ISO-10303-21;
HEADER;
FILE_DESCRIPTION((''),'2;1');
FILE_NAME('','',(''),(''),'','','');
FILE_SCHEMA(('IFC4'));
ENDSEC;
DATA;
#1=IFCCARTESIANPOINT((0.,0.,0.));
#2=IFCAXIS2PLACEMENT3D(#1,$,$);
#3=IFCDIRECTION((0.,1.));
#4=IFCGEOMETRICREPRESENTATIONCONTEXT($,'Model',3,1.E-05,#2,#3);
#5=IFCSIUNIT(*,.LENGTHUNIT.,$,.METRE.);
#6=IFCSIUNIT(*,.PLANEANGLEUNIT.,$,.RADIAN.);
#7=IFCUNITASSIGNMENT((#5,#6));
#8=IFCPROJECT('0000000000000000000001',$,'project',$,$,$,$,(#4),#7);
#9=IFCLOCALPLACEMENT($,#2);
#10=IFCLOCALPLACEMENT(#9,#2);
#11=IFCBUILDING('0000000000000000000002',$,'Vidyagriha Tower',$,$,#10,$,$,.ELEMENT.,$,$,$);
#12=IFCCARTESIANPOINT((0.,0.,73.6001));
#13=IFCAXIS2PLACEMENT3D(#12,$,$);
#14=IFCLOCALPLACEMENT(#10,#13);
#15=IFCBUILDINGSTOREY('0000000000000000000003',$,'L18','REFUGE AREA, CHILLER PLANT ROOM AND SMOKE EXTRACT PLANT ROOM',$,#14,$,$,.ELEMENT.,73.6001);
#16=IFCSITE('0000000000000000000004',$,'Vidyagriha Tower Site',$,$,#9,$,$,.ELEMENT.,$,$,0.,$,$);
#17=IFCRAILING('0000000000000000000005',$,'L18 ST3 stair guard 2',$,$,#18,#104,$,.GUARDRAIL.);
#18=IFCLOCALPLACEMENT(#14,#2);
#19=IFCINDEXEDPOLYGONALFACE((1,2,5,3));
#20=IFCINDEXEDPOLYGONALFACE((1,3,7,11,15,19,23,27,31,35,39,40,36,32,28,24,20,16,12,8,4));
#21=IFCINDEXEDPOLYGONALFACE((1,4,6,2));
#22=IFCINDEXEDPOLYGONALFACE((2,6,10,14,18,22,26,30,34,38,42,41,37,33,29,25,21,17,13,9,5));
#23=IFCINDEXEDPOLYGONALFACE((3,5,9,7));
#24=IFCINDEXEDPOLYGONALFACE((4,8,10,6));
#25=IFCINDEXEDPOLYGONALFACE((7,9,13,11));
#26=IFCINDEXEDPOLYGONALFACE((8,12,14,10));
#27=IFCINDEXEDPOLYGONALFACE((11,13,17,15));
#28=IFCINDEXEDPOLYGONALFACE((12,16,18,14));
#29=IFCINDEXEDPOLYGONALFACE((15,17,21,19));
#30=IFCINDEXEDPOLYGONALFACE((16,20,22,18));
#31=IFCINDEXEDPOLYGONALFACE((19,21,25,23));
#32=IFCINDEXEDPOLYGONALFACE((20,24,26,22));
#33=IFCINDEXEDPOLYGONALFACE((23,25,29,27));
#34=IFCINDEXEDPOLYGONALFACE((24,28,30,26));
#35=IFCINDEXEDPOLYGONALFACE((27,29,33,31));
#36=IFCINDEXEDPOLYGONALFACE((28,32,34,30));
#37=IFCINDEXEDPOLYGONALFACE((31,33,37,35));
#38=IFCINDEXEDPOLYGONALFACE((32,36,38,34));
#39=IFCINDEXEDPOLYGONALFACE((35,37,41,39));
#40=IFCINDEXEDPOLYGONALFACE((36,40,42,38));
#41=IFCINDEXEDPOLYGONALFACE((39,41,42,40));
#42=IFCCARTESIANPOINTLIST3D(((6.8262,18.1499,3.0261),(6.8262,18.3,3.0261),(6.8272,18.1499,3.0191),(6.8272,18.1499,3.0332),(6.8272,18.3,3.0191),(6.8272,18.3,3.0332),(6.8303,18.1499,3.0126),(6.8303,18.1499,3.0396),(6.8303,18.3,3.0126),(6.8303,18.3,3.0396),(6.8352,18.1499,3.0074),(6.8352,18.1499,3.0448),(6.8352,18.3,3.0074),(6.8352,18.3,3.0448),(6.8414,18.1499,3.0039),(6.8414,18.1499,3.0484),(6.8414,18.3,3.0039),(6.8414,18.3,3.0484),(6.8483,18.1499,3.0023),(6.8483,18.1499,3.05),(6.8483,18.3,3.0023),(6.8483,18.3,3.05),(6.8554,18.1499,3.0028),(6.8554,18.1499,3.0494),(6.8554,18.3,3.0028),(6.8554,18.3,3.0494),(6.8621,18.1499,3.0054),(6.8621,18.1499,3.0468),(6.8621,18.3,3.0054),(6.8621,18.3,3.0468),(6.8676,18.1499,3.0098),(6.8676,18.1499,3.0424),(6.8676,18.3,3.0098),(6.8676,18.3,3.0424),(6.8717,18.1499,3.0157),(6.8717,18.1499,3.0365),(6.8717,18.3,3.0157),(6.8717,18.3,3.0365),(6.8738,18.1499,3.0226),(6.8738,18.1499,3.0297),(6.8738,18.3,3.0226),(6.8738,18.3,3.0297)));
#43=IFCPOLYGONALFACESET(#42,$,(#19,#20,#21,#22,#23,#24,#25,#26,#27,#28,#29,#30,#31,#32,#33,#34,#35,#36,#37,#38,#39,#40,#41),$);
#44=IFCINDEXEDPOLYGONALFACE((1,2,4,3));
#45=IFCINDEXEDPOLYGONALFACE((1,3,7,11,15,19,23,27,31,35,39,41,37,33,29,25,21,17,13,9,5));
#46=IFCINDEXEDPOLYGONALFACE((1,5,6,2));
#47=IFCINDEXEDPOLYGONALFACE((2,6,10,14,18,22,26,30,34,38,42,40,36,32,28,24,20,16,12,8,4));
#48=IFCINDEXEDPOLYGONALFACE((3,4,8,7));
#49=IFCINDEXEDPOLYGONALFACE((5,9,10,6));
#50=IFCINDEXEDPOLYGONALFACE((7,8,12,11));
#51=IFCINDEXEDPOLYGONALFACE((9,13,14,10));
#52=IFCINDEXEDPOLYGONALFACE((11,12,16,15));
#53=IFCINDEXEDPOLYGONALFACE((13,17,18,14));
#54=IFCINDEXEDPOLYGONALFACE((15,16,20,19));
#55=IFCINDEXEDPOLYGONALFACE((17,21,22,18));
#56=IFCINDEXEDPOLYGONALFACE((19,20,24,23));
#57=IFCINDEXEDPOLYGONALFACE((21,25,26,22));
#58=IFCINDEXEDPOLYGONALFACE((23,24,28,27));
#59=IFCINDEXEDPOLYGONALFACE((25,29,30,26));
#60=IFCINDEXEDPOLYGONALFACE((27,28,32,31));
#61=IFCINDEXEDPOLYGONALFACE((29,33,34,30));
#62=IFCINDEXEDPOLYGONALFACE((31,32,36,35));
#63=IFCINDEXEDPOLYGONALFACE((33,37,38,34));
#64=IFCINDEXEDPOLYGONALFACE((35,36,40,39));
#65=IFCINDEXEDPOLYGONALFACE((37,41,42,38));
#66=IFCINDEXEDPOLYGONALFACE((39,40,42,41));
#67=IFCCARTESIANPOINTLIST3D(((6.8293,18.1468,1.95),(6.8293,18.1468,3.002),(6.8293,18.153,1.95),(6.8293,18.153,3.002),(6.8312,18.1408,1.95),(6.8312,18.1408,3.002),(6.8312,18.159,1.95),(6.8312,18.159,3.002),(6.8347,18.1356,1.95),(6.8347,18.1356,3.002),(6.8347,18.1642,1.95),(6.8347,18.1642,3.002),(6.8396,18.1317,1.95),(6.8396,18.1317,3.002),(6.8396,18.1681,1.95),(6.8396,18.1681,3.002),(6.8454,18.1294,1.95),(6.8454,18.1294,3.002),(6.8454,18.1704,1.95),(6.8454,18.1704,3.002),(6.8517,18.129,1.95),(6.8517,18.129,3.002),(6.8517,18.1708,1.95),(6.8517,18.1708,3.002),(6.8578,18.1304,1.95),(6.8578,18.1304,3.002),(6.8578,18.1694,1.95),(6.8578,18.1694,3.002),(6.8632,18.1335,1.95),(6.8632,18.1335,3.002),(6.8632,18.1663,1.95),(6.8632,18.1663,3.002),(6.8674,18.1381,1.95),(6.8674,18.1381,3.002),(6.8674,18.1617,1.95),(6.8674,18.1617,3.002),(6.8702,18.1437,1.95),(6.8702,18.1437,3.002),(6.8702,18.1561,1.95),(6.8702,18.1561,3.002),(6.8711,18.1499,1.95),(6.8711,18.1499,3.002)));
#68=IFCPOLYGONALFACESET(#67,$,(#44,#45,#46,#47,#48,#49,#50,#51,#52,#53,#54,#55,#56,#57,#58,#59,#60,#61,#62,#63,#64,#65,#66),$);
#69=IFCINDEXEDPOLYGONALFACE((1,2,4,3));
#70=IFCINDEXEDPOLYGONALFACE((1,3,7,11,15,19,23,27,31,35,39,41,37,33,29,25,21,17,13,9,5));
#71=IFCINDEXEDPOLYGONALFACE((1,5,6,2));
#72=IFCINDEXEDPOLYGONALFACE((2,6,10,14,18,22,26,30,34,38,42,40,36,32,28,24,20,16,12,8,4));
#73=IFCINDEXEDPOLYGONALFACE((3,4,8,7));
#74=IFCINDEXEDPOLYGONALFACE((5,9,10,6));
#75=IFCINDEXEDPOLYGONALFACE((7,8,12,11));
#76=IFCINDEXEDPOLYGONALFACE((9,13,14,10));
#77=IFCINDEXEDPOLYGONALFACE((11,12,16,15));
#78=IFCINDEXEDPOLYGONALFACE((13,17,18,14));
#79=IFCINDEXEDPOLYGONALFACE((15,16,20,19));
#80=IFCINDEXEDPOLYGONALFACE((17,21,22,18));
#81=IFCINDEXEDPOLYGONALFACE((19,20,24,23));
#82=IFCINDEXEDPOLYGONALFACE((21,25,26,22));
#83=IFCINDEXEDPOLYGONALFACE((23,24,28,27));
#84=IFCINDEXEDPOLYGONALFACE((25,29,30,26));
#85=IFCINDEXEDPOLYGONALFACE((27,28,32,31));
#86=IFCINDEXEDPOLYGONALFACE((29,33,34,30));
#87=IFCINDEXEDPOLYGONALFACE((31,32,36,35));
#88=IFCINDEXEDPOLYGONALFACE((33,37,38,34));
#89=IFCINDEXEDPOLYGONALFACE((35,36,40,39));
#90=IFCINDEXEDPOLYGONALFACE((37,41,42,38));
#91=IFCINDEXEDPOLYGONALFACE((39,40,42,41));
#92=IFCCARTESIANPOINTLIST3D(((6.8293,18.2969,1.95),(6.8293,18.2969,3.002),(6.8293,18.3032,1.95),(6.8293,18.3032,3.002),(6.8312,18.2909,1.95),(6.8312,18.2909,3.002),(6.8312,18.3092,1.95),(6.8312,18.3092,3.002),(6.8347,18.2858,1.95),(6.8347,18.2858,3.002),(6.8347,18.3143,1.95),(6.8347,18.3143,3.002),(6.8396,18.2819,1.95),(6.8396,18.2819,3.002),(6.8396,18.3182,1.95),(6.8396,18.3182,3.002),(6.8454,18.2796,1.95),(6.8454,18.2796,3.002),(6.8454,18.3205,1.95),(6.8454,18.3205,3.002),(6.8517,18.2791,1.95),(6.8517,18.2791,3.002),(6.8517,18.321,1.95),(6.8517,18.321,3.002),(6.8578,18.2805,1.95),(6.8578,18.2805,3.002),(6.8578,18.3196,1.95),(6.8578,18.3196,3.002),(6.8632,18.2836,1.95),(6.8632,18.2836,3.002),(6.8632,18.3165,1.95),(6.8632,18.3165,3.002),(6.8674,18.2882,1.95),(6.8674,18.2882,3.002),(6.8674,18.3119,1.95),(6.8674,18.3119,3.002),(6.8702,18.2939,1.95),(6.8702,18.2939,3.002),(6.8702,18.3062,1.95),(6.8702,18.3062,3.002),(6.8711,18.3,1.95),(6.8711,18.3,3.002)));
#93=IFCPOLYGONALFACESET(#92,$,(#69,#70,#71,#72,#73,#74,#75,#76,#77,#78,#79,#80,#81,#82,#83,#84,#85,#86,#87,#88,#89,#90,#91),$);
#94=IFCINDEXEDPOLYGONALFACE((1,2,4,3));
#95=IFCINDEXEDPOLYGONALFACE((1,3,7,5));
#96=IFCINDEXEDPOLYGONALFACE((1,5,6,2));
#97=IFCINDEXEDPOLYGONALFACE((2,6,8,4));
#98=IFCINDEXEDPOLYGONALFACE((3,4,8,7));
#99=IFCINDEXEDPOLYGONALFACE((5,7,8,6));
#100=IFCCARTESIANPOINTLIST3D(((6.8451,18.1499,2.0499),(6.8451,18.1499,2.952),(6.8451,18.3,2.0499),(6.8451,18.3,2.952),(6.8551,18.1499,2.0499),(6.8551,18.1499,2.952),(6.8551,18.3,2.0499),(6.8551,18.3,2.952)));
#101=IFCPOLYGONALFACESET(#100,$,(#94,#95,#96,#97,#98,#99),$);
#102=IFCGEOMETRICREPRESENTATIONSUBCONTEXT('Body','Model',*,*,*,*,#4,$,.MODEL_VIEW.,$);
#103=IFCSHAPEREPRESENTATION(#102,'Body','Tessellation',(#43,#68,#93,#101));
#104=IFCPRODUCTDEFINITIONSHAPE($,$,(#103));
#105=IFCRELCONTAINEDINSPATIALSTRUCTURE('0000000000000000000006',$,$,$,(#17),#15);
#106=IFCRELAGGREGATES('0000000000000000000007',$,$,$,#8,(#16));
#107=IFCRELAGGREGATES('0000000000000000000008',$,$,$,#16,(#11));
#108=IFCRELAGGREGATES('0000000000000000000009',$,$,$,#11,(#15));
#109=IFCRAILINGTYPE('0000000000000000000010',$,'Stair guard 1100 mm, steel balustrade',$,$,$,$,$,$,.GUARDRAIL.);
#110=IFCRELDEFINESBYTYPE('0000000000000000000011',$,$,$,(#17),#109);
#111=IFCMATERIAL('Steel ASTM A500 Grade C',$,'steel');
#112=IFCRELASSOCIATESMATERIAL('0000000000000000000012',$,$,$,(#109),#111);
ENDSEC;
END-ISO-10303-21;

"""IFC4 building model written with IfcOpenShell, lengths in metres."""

from ifc_helpers import new_model, si_unit, direction, frame, origin, origin_2d, place, context, subcontext, project, spatial, rectangle, circle, extrude, material, type_object, element, save


model = new_model("IFC4")

# Units and contexts
model_context = context("Model", 3, precision=1e-05, world=origin(), true_north=direction((0.0, 1.0)))
body_context = subcontext(model_context, "Body", "Model", "MODEL_VIEW")
ifc_project = project(units=[si_unit("LENGTHUNIT", "METRE"), si_unit("PLANEANGLEUNIT", "RADIAN")], contexts=[model_context])

# Site, building, storey
site_placement = place(None, origin())
site = spatial("IfcSite", under=ifc_project, at=site_placement, Name="Vidyagriha Tower Site", CompositionType="ELEMENT", RefElevation=0.0)
building_placement = place(site_placement, origin())
building = spatial("IfcBuilding", under=site, at=building_placement, Name="Vidyagriha Tower", CompositionType="ELEMENT")
storey_placement = place(building_placement, frame((0.0, 0.0, 73.6001)))
storey = spatial("IfcBuildingStorey", under=building, at=storey_placement, Name="L18", Description="REFUGE AREA, CHILLER PLANT ROOM AND SMOKE EXTRACT PLANT ROOM", CompositionType="ELEMENT", Elevation=73.6001)

# Railing
ifc_material_1 = material(Name="Steel ASTM A500 Grade C", Category="steel")
railing_type_1 = type_object("IfcRailingType", Name="Stair guard 1100 mm, steel balustrade", PredefinedType="GUARDRAIL", material=ifc_material_1)
railing_1_placement = place(storey_placement, frame((6.8501, 18.1499, 1.95)))
element("IfcRailing", 1, at=railing_1_placement, inside=storey, type_object=railing_type_1, Name="L18 ST3 stair guard 2", PredefinedType="GUARDRAIL", context=body_context, shape_type="SweptSolid", body=[
    extrude(circle(Radius=0.0239, at=origin_2d()), frame((0.0, 0.0, 1.0762), z_axis=(0.0, 1.0, 0.0), x_axis=(-1.0, 0.0, 0.0)), (0.0, 0.0, 1.0), 0.1501),
    extrude(circle(Radius=0.021, at=origin_2d()), origin(), (0.0, 0.0, 1.0), 1.052),
    extrude(circle(Radius=0.021, at=origin_2d()), frame((0.0, 0.1501, 0.0)), (0.0, 0.0, 1.0), 1.052),
    extrude(rectangle(XDim=0.01, YDim=0.9021, at=origin_2d()), frame((0.0, 0.0, 0.551), z_axis=(0.0, 1.0, 0.0), x_axis=(-1.0, 0.0, 0.0)), (0.0, 0.0, 1.0), 0.1501),
])

save(model, "model.ifc")
